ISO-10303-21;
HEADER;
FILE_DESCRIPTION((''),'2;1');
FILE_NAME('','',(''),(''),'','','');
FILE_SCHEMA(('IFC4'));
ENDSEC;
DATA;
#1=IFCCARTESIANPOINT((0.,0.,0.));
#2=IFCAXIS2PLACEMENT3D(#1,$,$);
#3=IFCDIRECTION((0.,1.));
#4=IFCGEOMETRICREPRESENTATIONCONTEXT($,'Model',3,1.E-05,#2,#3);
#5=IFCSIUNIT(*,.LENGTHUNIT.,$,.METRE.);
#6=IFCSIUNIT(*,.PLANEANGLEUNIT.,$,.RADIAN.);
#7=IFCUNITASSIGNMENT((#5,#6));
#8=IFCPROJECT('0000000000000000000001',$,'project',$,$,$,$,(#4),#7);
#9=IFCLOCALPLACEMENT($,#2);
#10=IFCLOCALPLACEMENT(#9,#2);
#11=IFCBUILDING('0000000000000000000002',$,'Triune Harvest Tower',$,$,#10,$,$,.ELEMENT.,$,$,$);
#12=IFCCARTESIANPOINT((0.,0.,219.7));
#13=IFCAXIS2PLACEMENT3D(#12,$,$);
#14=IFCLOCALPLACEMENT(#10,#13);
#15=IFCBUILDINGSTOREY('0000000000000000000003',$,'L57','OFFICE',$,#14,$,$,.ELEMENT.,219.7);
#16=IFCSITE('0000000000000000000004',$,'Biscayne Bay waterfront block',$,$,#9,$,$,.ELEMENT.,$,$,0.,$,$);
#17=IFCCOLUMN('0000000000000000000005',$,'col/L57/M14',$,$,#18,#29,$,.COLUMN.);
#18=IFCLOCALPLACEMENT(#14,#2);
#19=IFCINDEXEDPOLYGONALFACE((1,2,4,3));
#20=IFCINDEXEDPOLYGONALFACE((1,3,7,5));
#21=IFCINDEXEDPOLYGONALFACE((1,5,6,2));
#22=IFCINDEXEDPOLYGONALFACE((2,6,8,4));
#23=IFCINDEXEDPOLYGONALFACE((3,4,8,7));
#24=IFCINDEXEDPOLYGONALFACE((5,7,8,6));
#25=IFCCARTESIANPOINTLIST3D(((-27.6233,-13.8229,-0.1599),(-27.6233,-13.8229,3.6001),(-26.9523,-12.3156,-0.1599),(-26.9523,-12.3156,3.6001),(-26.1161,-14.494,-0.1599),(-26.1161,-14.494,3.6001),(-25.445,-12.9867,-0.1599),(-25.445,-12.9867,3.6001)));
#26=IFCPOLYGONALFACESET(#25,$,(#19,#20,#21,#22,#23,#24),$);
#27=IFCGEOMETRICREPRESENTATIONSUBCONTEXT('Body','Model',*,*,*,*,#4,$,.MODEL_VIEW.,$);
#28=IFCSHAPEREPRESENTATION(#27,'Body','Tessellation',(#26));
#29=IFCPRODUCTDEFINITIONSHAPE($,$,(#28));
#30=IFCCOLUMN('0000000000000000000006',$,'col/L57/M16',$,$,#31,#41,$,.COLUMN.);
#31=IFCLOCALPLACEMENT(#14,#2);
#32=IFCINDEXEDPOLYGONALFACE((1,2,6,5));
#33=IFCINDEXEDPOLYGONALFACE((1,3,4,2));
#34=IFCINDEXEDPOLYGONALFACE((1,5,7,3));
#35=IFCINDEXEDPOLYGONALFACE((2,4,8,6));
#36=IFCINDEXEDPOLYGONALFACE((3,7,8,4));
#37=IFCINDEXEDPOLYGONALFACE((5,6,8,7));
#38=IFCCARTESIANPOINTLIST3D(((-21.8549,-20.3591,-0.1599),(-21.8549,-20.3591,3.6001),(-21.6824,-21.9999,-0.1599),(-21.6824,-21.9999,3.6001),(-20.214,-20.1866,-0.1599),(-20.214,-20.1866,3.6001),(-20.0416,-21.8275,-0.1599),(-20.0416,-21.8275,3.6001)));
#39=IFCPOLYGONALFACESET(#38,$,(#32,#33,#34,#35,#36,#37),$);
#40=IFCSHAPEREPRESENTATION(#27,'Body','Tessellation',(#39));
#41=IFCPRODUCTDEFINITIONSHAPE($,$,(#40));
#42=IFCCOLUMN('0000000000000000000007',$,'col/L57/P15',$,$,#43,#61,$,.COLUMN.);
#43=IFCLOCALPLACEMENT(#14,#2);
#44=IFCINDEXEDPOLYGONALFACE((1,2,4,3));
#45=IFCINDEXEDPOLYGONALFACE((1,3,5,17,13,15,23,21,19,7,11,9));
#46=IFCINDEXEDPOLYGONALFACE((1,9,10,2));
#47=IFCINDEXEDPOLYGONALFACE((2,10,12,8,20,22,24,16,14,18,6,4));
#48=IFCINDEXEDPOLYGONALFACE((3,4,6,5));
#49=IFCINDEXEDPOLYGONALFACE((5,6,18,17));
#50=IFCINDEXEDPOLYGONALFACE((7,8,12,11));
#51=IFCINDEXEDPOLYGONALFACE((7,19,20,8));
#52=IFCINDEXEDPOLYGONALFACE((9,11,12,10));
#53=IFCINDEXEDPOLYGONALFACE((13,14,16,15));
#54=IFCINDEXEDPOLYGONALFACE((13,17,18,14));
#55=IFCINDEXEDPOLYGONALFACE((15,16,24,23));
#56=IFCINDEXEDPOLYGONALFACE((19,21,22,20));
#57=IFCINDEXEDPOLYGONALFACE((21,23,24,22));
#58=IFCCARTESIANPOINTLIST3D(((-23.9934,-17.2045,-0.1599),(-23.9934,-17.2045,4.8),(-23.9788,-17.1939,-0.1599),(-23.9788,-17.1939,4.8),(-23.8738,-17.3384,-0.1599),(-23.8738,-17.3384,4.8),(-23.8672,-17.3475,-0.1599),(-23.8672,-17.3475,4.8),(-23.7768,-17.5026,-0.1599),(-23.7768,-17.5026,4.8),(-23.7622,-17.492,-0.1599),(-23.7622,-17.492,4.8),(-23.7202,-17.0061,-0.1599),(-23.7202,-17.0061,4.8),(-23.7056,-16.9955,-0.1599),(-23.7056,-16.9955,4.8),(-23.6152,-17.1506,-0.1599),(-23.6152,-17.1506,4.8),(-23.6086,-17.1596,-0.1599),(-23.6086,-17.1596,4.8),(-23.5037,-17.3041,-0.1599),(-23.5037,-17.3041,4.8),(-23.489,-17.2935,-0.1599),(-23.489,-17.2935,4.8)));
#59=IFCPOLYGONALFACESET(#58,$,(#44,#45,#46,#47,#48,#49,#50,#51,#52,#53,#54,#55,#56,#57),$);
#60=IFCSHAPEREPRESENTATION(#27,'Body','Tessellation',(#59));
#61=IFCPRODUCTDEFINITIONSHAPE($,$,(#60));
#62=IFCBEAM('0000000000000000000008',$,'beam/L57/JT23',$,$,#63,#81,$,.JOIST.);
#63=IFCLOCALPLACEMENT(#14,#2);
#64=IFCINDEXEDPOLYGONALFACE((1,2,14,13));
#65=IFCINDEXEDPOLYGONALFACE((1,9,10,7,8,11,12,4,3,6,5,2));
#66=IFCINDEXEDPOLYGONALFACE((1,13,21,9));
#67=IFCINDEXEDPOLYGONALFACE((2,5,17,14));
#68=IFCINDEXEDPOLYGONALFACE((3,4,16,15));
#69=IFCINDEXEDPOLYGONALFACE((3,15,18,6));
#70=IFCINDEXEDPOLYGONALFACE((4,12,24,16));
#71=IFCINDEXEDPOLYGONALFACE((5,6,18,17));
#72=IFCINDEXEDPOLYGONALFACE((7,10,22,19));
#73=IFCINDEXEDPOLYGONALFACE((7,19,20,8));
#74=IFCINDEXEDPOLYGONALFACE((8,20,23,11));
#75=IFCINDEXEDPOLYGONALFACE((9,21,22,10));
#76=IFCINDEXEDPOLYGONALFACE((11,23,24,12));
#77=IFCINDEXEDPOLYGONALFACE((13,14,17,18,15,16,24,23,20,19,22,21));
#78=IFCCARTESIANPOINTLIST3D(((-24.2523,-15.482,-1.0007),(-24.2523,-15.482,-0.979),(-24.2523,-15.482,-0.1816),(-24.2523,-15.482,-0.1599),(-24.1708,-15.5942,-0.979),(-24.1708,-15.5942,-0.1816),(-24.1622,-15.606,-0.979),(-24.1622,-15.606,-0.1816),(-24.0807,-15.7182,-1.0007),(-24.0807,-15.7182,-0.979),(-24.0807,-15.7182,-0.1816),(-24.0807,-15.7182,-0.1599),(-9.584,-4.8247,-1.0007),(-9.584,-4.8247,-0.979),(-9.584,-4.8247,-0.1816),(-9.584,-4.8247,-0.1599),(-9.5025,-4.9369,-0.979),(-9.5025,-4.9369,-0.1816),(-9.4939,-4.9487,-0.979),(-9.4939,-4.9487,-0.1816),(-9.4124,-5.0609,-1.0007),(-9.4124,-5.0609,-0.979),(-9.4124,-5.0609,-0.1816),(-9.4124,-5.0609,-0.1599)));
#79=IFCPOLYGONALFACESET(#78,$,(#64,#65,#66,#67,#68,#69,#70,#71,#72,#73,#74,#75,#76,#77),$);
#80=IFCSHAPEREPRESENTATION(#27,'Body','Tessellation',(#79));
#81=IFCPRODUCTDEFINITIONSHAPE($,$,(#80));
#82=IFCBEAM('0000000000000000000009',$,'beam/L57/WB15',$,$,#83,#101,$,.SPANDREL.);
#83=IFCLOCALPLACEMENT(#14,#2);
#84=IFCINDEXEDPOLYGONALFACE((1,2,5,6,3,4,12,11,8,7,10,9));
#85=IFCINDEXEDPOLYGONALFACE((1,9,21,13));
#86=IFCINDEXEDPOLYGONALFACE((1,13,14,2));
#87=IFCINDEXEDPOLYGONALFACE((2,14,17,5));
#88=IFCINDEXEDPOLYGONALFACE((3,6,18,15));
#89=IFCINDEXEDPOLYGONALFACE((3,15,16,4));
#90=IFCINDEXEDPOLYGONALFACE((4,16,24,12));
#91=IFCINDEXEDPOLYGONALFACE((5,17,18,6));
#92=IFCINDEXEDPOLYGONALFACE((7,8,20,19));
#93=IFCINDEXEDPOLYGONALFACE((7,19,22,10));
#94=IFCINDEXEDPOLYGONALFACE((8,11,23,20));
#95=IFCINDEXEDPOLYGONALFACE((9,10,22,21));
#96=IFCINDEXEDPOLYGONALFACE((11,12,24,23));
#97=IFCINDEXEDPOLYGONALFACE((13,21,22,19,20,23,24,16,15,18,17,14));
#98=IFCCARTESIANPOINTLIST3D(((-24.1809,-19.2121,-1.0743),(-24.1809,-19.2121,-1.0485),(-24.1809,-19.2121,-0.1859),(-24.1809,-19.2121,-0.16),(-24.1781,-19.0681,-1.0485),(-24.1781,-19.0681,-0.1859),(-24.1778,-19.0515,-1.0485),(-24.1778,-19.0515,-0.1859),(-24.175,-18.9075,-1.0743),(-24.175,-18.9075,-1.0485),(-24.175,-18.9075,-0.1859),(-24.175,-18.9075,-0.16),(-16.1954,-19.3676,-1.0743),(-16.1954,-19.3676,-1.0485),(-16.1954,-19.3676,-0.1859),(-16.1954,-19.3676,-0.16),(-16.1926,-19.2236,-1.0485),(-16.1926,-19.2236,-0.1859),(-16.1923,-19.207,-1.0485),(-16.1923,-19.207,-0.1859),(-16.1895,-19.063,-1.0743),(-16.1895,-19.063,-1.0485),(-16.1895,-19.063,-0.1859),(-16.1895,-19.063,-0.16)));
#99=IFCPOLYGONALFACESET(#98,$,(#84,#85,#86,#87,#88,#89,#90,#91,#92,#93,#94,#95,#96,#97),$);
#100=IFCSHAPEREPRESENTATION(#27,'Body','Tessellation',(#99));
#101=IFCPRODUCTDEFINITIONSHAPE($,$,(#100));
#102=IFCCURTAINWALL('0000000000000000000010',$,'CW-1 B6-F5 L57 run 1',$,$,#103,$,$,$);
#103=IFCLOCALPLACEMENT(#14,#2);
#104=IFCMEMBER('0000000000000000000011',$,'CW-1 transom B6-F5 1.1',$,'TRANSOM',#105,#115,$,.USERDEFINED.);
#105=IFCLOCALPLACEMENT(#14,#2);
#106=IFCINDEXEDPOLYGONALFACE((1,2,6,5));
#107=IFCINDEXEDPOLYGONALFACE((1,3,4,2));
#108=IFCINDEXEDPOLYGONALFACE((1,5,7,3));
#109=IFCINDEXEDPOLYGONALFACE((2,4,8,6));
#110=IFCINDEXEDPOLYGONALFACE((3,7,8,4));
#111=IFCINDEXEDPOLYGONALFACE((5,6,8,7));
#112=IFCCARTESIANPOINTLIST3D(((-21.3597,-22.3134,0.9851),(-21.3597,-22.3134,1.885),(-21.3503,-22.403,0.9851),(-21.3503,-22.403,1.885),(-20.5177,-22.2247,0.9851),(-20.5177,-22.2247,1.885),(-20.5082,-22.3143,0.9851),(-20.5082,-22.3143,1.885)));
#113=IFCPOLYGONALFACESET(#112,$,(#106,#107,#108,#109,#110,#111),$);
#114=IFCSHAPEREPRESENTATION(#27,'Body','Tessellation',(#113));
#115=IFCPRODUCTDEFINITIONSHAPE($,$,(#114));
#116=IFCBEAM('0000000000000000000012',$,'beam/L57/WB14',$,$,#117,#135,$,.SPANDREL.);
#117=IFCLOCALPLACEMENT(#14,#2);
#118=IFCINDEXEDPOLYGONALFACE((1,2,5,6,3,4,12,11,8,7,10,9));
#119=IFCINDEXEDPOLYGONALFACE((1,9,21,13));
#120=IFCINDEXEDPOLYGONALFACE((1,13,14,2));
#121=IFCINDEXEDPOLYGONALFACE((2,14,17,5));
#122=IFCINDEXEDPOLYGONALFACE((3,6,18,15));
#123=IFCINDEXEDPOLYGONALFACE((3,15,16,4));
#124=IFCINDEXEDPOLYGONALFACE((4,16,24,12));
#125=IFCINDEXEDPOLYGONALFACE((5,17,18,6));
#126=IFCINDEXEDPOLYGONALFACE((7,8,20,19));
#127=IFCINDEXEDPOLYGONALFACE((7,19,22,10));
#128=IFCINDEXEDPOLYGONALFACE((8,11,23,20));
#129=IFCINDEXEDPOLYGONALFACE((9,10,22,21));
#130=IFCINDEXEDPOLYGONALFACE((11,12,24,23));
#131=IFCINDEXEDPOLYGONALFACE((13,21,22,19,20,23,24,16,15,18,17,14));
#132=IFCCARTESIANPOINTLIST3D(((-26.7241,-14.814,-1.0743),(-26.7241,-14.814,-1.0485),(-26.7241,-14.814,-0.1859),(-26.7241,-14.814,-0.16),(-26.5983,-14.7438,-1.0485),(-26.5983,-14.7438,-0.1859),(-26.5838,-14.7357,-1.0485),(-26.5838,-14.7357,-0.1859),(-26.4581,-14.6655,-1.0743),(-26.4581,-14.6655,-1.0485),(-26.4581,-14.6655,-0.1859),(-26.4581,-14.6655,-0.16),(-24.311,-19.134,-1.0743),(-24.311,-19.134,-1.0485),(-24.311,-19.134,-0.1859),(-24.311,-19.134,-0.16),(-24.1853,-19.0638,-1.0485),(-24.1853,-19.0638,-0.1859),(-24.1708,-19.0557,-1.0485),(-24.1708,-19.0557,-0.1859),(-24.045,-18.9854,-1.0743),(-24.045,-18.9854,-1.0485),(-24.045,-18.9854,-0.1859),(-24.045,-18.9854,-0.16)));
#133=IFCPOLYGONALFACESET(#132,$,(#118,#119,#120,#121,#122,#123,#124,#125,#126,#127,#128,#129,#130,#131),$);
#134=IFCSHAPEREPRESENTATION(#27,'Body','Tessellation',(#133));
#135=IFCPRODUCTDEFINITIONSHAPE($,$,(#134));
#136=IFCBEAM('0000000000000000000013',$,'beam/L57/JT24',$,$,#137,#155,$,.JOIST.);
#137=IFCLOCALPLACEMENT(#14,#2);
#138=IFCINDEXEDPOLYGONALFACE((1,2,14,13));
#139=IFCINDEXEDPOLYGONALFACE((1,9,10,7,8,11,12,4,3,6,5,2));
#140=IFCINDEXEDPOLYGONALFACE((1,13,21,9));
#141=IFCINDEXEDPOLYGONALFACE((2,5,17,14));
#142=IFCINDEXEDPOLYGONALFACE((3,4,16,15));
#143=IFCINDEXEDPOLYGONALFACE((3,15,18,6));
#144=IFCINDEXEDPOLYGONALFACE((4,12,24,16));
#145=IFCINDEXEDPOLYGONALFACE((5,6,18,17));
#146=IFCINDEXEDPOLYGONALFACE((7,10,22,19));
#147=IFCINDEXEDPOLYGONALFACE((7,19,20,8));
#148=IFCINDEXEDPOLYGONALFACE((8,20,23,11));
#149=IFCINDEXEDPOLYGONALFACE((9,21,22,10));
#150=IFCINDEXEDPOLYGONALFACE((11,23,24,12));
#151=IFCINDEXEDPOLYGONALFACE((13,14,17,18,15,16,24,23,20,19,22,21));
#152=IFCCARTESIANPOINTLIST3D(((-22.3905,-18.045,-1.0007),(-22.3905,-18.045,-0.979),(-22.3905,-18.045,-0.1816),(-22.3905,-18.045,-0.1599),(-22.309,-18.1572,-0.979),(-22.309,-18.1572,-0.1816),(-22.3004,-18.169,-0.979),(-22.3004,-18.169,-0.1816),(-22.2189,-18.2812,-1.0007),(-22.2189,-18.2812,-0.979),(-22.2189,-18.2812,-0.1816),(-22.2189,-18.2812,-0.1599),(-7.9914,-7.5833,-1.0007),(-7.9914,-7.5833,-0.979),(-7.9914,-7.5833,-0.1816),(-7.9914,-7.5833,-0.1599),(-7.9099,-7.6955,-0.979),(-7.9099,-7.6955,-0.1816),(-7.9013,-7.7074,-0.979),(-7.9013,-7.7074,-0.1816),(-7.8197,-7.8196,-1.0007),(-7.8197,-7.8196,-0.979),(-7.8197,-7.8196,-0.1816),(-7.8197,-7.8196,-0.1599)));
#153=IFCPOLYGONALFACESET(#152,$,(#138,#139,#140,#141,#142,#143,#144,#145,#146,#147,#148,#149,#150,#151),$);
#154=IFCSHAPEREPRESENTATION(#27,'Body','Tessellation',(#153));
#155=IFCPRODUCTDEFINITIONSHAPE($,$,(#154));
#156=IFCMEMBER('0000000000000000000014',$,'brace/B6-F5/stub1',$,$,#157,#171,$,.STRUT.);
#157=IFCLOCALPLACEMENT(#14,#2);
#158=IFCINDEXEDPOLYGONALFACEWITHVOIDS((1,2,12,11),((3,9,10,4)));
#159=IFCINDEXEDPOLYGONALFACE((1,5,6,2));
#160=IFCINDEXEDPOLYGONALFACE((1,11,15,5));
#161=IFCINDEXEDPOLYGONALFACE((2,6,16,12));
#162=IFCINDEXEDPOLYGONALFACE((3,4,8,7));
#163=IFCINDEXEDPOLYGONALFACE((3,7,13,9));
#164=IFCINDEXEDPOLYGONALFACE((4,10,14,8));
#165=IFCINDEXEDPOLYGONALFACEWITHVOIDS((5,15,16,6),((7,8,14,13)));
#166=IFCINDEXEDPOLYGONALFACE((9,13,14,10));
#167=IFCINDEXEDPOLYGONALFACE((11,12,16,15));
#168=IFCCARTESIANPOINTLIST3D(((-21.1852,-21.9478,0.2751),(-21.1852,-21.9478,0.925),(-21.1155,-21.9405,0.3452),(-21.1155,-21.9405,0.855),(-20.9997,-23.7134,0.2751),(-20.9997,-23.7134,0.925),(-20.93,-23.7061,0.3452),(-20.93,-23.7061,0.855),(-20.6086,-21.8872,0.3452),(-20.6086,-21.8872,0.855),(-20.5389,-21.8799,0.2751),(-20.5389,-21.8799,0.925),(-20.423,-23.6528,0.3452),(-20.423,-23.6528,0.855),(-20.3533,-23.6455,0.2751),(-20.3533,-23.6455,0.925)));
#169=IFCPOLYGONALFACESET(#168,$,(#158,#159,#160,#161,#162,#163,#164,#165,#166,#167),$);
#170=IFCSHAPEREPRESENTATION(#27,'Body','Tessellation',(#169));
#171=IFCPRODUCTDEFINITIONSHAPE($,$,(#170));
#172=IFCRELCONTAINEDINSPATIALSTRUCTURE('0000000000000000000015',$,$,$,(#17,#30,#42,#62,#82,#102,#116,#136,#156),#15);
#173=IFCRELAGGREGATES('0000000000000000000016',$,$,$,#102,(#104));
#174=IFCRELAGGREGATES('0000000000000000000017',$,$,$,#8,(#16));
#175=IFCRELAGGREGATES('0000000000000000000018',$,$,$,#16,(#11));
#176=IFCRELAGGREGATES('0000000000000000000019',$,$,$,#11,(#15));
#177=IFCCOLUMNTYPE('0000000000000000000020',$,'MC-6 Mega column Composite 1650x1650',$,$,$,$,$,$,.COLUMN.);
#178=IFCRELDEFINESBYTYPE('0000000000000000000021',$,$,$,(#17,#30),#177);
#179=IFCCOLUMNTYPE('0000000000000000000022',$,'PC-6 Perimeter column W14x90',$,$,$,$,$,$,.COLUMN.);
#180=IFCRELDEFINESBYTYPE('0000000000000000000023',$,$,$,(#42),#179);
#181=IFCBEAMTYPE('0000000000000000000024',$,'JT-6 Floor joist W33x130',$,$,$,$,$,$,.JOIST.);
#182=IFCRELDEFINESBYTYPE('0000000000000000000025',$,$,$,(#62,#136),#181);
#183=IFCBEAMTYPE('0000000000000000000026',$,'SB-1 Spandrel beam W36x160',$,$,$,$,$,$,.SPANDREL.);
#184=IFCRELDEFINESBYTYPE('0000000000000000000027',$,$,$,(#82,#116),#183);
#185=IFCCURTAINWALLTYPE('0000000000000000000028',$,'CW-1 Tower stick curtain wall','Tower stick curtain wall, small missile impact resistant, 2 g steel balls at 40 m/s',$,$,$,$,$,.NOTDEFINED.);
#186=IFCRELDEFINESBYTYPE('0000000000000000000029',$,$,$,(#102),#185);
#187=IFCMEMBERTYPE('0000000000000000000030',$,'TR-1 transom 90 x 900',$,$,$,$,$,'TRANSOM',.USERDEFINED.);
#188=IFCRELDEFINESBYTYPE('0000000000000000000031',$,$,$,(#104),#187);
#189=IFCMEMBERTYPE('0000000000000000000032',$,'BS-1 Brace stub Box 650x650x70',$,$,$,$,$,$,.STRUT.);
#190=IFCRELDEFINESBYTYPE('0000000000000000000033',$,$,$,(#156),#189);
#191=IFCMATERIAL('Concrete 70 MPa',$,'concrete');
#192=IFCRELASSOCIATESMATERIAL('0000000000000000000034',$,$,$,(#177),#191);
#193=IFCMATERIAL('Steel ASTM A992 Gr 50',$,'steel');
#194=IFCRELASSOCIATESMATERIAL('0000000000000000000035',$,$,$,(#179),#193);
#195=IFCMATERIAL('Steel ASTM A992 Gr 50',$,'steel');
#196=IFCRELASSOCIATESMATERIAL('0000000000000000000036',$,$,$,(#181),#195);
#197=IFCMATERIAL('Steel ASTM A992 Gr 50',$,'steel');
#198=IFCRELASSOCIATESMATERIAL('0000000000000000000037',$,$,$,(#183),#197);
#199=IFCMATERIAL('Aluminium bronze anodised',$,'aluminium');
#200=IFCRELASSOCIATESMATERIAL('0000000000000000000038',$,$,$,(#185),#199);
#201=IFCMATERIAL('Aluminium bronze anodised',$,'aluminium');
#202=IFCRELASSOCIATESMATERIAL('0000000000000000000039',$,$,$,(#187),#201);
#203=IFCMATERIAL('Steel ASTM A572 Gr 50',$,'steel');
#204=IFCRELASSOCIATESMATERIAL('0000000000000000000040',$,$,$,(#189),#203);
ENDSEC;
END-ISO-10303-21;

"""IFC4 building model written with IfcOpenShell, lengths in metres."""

from ifc_helpers import new_model, si_unit, direction, frame, origin, origin_2d, place, context, subcontext, project, spatial, rectangle, hollow_rectangle, i_section, extrude, source, transform, mapped, material, material_profile, profile_set, type_object, element, aggregate, save


model = new_model("IFC4")

# Units and contexts
model_context = context("Model", 3, precision=1e-05, world=origin(), true_north=direction((0.0, 1.0)))
body_context = subcontext(model_context, "Body", "Model", "MODEL_VIEW")
ifc_project = project(units=[si_unit("LENGTHUNIT", "METRE"), si_unit("PLANEANGLEUNIT", "RADIAN")], contexts=[model_context])

# Site, building, storey
site_placement = place(None, origin())
site = spatial("IfcSite", under=ifc_project, at=site_placement, Name="Biscayne Bay waterfront block", CompositionType="ELEMENT", RefElevation=0.0)
building_placement = place(site_placement, origin())
building = spatial("IfcBuilding", under=site, at=building_placement, Name="Triune Harvest Tower", CompositionType="ELEMENT")
storey_placement = place(building_placement, frame((0.0, 0.0, 219.7)))
storey = spatial("IfcBuildingStorey", under=building, at=storey_placement, Name="L57", Description="OFFICE", CompositionType="ELEMENT", Elevation=219.7)

# Columns
ifc_material_1 = material(Name="Concrete 70 MPa", Category="concrete")
ifc_material_profile_1 = material_profile(ifc_material_1, rectangle(XDim=1.6499, YDim=1.6499, at=origin_2d()), Name="Composite 1650x1650")
ifc_profile_set_1 = profile_set([ifc_material_profile_1], Name="Concrete 70 MPa")
column_type_1 = type_object("IfcColumnType", Name="MC-6 Mega column Composite 1650x1650", PredefinedType="COLUMN", material=ifc_profile_set_1)
shared_shape_1 = source(origin(), body_context, "Body", "SweptSolid", [
    extrude(rectangle(XDim=1.6499, YDim=1.6499, at=origin_2d()), origin(), (0.0, 0.0, 1.0), 3.76),
])
for number, where, z_axis, x_axis, name in (
    (1, (-26.5342, -13.4048, -0.1599), (0.0, 0.0, 1.0), (-0.406738, -0.913545, 0.0), "col/L57/M14"),
    (2, (-20.9482, -21.0933, -0.1599), (0.0, 0.0, 1.0), (0.994522, 0.10453, 0.0), "col/L57/M16"),
):
    element("IfcColumn", number, at=place(storey_placement, frame(where, z_axis=z_axis, x_axis=x_axis)), inside=storey, type_object=column_type_1, Name=name, PredefinedType="COLUMN", context=body_context, shape_type="MappedRepresentation", body=[
        mapped(shared_shape_1, transform((0.0, 0.0, 0.0), scale=1.0)),
    ])
ifc_material_2 = material(Name="Steel ASTM A992 Gr 50", Category="steel")
ifc_material_profile_2 = material_profile(ifc_material_2, i_section(OverallWidth=0.3684, OverallDepth=0.3557, WebThickness=0.0112, FlangeThickness=0.0181, at=origin_2d()), Name="W14x90")
ifc_profile_set_2 = profile_set([ifc_material_profile_2], Name="Steel ASTM A992 Gr 50")
column_type_2 = type_object("IfcColumnType", Name="PC-6 Perimeter column W14x90", PredefinedType="COLUMN", material=ifc_profile_set_2)
shared_shape_2 = source(origin(), body_context, "Body", "SweptSolid", [
    extrude(i_section(OverallWidth=0.3684, OverallDepth=0.3557, WebThickness=0.0112, FlangeThickness=0.0181, at=origin_2d()), origin(), (0.0, 0.0, 1.0), 4.96),
])
column_placement = place(storey_placement, frame((-23.7412, -17.249, -0.1599), z_axis=(0.0, 0.0, 1.0), x_axis=(0.587785, -0.809017, 0.0)))
element("IfcColumn", 3, at=column_placement, inside=storey, type_object=column_type_2, Name="col/L57/P15", PredefinedType="COLUMN", context=body_context, shape_type="MappedRepresentation", body=[
    mapped(shared_shape_2, transform((0.0, 0.0, 0.0), scale=1.0)),
])

# Beams
ifc_material_3 = material(Name="Steel ASTM A992 Gr 50", Category="steel")
ifc_material_profile_3 = material_profile(ifc_material_3, i_section(OverallWidth=0.292, OverallDepth=0.8408, WebThickness=0.0146, FlangeThickness=0.0217, at=origin_2d()), Name="W33x130")
ifc_profile_set_3 = profile_set([ifc_material_profile_3], Name="Steel ASTM A992 Gr 50")
beam_type_1 = type_object("IfcBeamType", Name="JT-6 Floor joist W33x130", PredefinedType="JOIST", material=ifc_profile_set_3)
beam_1_placement = place(storey_placement, frame((-24.1665, -15.6001, -0.5803), z_axis=(0.809013, 0.587791, 0.0), x_axis=(-0.587791, 0.809013, 0.0)))
element("IfcBeam", 4, at=beam_1_placement, inside=storey, type_object=beam_type_1, Name="beam/L57/JT23", PredefinedType="JOIST", context=body_context, shape_type="SweptSolid", body=[
    extrude(i_section(OverallWidth=0.292, OverallDepth=0.8408, WebThickness=0.0146, FlangeThickness=0.0217, at=origin_2d()), origin(), (0.0, 0.0, 1.0), 18.1311),
])
ifc_material_4 = material(Name="Steel ASTM A992 Gr 50", Category="steel")
ifc_material_profile_4 = material_profile(ifc_material_4, i_section(OverallWidth=0.3047, OverallDepth=0.9143, WebThickness=0.0166, FlangeThickness=0.0259, at=origin_2d()), Name="W36x160")
ifc_profile_set_4 = profile_set([ifc_material_profile_4], Name="Steel ASTM A992 Gr 50")
beam_type_2 = type_object("IfcBeamType", Name="SB-1 Spandrel beam W36x160", PredefinedType="SPANDREL", material=ifc_profile_set_4)
beam_2_placement = place(storey_placement, frame((-24.178, -19.0598, -0.6172), z_axis=(0.99981, -0.019471, 0.0), x_axis=(0.019471, 0.99981, 0.0)))
element("IfcBeam", 5, at=beam_2_placement, inside=storey, type_object=beam_type_2, Name="beam/L57/WB15", PredefinedType="SPANDREL", context=body_context, shape_type="SweptSolid", body=[
    extrude(i_section(OverallWidth=0.3047, OverallDepth=0.9143, WebThickness=0.0166, FlangeThickness=0.0259, at=origin_2d()), origin(), (0.0, 0.0, 1.0), 7.9871),
])

# Curtain wall, member
ifc_material_5 = material(Name="Aluminium bronze anodised", Category="aluminium")
curtain_wall_type_1 = type_object("IfcCurtainWallType", Name="CW-1 Tower stick curtain wall", Description="Tower stick curtain wall, small missile impact resistant, 2 g steel balls at 40 m/s", PredefinedType="NOTDEFINED", material=ifc_material_5)
curtain_wall_1_placement = place(storey_placement, origin())
curtain_wall_1 = element("IfcCurtainWall", 6, at=curtain_wall_1_placement, inside=storey, type_object=curtain_wall_type_1, Name="CW-1 B6-F5 L57 run 1")
ifc_material_6 = material(Name="Aluminium bronze anodised", Category="aluminium")
ifc_material_profile_5 = material_profile(ifc_material_6, rectangle(XDim=0.0901, YDim=0.8999, at=origin_2d()), Name="TR-1 transom 90 x 900")
ifc_profile_set_5 = profile_set([ifc_material_profile_5], Name="Aluminium bronze anodised")
member_type_1 = type_object("IfcMemberType", Name="TR-1 transom 90 x 900", ElementType="TRANSOM", PredefinedType="USERDEFINED", material=ifc_profile_set_5)
member_1_placement = place(storey_placement, frame((-21.355, -22.3582, 1.4351), z_axis=(0.994507, 0.10467, 0.0), x_axis=(-0.10467, 0.994507, 0.0)))
member_1 = element("IfcMember", 7, at=member_1_placement, type_object=member_type_1, Name="CW-1 transom B6-F5 1.1", ObjectType="TRANSOM", PredefinedType="USERDEFINED", context=body_context, shape_type="SweptSolid", body=[
    extrude(rectangle(XDim=0.0901, YDim=0.8999, at=origin_2d()), origin(), (0.0, 0.0, 1.0), 0.8467),
])

# Beams
shared_shape_3 = source(origin(), body_context, "Body", "SweptSolid", [
    extrude(i_section(OverallWidth=0.3047, OverallDepth=0.9143, WebThickness=0.0166, FlangeThickness=0.0259, at=origin_2d()), origin(), (0.0, 0.0, 1.0), 4.9482),
])
beam_3_placement = place(storey_placement, frame((-26.5911, -14.7397, -0.6172), z_axis=(0.487657, -0.873036, 0.0), x_axis=(0.873036, 0.487657, 0.0)))
element("IfcBeam", 8, at=beam_3_placement, inside=storey, type_object=beam_type_2, Name="beam/L57/WB14", PredefinedType="SPANDREL", context=body_context, shape_type="MappedRepresentation", body=[
    mapped(shared_shape_3, transform((0.0, 0.0, 0.0), scale=1.0)),
])
shared_shape_4 = source(origin(), body_context, "Body", "SweptSolid", [
    extrude(i_section(OverallWidth=0.292, OverallDepth=0.8408, WebThickness=0.0146, FlangeThickness=0.0217, at=origin_2d()), origin(), (0.0, 0.0, 1.0), 17.7983),
])
beam_4_placement = place(storey_placement, frame((-22.3047, -18.1631, -0.5803), z_axis=(0.809015, 0.587787, 0.0), x_axis=(-0.587787, 0.809015, 0.0)))
element("IfcBeam", 9, at=beam_4_placement, inside=storey, type_object=beam_type_1, Name="beam/L57/JT24", PredefinedType="JOIST", context=body_context, shape_type="MappedRepresentation", body=[
    mapped(shared_shape_4, transform((0.0, 0.0, 0.0), scale=1.0)),
])

# Member
ifc_material_7 = material(Name="Steel ASTM A572 Gr 50", Category="steel")
ifc_material_profile_6 = material_profile(ifc_material_7, hollow_rectangle(XDim=0.6499, YDim=0.6499, WallThickness=0.0701, at=origin_2d()), Name="Box 650x650x70")
ifc_profile_set_6 = profile_set([ifc_material_profile_6], Name="Steel ASTM A572 Gr 50")
member_type_2 = type_object("IfcMemberType", Name="BS-1 Brace stub Box 650x650x70", PredefinedType="STRUT", material=ifc_profile_set_6)
shared_shape_5 = source(origin(), body_context, "Body", "SweptSolid", [
    extrude(hollow_rectangle(XDim=0.6499, YDim=0.6499, WallThickness=0.0701, at=origin_2d()), origin(), (0.0, 0.0, 1.0), 1.7754),
])
member_2_placement = place(storey_placement, frame((-20.8621, -21.9138, 0.6001), z_axis=(0.104513, -0.994524, 0.0), x_axis=(0.994524, 0.104513, 0.0)))
element("IfcMember", 10, at=member_2_placement, inside=storey, type_object=member_type_2, Name="brace/B6-F5/stub1", PredefinedType="STRUT", context=body_context, shape_type="MappedRepresentation", body=[
    mapped(shared_shape_5, transform((0.0, 0.0, 0.0), scale=1.0)),
])

aggregate(curtain_wall_1, [member_1])

save(model, "model.ifc")
